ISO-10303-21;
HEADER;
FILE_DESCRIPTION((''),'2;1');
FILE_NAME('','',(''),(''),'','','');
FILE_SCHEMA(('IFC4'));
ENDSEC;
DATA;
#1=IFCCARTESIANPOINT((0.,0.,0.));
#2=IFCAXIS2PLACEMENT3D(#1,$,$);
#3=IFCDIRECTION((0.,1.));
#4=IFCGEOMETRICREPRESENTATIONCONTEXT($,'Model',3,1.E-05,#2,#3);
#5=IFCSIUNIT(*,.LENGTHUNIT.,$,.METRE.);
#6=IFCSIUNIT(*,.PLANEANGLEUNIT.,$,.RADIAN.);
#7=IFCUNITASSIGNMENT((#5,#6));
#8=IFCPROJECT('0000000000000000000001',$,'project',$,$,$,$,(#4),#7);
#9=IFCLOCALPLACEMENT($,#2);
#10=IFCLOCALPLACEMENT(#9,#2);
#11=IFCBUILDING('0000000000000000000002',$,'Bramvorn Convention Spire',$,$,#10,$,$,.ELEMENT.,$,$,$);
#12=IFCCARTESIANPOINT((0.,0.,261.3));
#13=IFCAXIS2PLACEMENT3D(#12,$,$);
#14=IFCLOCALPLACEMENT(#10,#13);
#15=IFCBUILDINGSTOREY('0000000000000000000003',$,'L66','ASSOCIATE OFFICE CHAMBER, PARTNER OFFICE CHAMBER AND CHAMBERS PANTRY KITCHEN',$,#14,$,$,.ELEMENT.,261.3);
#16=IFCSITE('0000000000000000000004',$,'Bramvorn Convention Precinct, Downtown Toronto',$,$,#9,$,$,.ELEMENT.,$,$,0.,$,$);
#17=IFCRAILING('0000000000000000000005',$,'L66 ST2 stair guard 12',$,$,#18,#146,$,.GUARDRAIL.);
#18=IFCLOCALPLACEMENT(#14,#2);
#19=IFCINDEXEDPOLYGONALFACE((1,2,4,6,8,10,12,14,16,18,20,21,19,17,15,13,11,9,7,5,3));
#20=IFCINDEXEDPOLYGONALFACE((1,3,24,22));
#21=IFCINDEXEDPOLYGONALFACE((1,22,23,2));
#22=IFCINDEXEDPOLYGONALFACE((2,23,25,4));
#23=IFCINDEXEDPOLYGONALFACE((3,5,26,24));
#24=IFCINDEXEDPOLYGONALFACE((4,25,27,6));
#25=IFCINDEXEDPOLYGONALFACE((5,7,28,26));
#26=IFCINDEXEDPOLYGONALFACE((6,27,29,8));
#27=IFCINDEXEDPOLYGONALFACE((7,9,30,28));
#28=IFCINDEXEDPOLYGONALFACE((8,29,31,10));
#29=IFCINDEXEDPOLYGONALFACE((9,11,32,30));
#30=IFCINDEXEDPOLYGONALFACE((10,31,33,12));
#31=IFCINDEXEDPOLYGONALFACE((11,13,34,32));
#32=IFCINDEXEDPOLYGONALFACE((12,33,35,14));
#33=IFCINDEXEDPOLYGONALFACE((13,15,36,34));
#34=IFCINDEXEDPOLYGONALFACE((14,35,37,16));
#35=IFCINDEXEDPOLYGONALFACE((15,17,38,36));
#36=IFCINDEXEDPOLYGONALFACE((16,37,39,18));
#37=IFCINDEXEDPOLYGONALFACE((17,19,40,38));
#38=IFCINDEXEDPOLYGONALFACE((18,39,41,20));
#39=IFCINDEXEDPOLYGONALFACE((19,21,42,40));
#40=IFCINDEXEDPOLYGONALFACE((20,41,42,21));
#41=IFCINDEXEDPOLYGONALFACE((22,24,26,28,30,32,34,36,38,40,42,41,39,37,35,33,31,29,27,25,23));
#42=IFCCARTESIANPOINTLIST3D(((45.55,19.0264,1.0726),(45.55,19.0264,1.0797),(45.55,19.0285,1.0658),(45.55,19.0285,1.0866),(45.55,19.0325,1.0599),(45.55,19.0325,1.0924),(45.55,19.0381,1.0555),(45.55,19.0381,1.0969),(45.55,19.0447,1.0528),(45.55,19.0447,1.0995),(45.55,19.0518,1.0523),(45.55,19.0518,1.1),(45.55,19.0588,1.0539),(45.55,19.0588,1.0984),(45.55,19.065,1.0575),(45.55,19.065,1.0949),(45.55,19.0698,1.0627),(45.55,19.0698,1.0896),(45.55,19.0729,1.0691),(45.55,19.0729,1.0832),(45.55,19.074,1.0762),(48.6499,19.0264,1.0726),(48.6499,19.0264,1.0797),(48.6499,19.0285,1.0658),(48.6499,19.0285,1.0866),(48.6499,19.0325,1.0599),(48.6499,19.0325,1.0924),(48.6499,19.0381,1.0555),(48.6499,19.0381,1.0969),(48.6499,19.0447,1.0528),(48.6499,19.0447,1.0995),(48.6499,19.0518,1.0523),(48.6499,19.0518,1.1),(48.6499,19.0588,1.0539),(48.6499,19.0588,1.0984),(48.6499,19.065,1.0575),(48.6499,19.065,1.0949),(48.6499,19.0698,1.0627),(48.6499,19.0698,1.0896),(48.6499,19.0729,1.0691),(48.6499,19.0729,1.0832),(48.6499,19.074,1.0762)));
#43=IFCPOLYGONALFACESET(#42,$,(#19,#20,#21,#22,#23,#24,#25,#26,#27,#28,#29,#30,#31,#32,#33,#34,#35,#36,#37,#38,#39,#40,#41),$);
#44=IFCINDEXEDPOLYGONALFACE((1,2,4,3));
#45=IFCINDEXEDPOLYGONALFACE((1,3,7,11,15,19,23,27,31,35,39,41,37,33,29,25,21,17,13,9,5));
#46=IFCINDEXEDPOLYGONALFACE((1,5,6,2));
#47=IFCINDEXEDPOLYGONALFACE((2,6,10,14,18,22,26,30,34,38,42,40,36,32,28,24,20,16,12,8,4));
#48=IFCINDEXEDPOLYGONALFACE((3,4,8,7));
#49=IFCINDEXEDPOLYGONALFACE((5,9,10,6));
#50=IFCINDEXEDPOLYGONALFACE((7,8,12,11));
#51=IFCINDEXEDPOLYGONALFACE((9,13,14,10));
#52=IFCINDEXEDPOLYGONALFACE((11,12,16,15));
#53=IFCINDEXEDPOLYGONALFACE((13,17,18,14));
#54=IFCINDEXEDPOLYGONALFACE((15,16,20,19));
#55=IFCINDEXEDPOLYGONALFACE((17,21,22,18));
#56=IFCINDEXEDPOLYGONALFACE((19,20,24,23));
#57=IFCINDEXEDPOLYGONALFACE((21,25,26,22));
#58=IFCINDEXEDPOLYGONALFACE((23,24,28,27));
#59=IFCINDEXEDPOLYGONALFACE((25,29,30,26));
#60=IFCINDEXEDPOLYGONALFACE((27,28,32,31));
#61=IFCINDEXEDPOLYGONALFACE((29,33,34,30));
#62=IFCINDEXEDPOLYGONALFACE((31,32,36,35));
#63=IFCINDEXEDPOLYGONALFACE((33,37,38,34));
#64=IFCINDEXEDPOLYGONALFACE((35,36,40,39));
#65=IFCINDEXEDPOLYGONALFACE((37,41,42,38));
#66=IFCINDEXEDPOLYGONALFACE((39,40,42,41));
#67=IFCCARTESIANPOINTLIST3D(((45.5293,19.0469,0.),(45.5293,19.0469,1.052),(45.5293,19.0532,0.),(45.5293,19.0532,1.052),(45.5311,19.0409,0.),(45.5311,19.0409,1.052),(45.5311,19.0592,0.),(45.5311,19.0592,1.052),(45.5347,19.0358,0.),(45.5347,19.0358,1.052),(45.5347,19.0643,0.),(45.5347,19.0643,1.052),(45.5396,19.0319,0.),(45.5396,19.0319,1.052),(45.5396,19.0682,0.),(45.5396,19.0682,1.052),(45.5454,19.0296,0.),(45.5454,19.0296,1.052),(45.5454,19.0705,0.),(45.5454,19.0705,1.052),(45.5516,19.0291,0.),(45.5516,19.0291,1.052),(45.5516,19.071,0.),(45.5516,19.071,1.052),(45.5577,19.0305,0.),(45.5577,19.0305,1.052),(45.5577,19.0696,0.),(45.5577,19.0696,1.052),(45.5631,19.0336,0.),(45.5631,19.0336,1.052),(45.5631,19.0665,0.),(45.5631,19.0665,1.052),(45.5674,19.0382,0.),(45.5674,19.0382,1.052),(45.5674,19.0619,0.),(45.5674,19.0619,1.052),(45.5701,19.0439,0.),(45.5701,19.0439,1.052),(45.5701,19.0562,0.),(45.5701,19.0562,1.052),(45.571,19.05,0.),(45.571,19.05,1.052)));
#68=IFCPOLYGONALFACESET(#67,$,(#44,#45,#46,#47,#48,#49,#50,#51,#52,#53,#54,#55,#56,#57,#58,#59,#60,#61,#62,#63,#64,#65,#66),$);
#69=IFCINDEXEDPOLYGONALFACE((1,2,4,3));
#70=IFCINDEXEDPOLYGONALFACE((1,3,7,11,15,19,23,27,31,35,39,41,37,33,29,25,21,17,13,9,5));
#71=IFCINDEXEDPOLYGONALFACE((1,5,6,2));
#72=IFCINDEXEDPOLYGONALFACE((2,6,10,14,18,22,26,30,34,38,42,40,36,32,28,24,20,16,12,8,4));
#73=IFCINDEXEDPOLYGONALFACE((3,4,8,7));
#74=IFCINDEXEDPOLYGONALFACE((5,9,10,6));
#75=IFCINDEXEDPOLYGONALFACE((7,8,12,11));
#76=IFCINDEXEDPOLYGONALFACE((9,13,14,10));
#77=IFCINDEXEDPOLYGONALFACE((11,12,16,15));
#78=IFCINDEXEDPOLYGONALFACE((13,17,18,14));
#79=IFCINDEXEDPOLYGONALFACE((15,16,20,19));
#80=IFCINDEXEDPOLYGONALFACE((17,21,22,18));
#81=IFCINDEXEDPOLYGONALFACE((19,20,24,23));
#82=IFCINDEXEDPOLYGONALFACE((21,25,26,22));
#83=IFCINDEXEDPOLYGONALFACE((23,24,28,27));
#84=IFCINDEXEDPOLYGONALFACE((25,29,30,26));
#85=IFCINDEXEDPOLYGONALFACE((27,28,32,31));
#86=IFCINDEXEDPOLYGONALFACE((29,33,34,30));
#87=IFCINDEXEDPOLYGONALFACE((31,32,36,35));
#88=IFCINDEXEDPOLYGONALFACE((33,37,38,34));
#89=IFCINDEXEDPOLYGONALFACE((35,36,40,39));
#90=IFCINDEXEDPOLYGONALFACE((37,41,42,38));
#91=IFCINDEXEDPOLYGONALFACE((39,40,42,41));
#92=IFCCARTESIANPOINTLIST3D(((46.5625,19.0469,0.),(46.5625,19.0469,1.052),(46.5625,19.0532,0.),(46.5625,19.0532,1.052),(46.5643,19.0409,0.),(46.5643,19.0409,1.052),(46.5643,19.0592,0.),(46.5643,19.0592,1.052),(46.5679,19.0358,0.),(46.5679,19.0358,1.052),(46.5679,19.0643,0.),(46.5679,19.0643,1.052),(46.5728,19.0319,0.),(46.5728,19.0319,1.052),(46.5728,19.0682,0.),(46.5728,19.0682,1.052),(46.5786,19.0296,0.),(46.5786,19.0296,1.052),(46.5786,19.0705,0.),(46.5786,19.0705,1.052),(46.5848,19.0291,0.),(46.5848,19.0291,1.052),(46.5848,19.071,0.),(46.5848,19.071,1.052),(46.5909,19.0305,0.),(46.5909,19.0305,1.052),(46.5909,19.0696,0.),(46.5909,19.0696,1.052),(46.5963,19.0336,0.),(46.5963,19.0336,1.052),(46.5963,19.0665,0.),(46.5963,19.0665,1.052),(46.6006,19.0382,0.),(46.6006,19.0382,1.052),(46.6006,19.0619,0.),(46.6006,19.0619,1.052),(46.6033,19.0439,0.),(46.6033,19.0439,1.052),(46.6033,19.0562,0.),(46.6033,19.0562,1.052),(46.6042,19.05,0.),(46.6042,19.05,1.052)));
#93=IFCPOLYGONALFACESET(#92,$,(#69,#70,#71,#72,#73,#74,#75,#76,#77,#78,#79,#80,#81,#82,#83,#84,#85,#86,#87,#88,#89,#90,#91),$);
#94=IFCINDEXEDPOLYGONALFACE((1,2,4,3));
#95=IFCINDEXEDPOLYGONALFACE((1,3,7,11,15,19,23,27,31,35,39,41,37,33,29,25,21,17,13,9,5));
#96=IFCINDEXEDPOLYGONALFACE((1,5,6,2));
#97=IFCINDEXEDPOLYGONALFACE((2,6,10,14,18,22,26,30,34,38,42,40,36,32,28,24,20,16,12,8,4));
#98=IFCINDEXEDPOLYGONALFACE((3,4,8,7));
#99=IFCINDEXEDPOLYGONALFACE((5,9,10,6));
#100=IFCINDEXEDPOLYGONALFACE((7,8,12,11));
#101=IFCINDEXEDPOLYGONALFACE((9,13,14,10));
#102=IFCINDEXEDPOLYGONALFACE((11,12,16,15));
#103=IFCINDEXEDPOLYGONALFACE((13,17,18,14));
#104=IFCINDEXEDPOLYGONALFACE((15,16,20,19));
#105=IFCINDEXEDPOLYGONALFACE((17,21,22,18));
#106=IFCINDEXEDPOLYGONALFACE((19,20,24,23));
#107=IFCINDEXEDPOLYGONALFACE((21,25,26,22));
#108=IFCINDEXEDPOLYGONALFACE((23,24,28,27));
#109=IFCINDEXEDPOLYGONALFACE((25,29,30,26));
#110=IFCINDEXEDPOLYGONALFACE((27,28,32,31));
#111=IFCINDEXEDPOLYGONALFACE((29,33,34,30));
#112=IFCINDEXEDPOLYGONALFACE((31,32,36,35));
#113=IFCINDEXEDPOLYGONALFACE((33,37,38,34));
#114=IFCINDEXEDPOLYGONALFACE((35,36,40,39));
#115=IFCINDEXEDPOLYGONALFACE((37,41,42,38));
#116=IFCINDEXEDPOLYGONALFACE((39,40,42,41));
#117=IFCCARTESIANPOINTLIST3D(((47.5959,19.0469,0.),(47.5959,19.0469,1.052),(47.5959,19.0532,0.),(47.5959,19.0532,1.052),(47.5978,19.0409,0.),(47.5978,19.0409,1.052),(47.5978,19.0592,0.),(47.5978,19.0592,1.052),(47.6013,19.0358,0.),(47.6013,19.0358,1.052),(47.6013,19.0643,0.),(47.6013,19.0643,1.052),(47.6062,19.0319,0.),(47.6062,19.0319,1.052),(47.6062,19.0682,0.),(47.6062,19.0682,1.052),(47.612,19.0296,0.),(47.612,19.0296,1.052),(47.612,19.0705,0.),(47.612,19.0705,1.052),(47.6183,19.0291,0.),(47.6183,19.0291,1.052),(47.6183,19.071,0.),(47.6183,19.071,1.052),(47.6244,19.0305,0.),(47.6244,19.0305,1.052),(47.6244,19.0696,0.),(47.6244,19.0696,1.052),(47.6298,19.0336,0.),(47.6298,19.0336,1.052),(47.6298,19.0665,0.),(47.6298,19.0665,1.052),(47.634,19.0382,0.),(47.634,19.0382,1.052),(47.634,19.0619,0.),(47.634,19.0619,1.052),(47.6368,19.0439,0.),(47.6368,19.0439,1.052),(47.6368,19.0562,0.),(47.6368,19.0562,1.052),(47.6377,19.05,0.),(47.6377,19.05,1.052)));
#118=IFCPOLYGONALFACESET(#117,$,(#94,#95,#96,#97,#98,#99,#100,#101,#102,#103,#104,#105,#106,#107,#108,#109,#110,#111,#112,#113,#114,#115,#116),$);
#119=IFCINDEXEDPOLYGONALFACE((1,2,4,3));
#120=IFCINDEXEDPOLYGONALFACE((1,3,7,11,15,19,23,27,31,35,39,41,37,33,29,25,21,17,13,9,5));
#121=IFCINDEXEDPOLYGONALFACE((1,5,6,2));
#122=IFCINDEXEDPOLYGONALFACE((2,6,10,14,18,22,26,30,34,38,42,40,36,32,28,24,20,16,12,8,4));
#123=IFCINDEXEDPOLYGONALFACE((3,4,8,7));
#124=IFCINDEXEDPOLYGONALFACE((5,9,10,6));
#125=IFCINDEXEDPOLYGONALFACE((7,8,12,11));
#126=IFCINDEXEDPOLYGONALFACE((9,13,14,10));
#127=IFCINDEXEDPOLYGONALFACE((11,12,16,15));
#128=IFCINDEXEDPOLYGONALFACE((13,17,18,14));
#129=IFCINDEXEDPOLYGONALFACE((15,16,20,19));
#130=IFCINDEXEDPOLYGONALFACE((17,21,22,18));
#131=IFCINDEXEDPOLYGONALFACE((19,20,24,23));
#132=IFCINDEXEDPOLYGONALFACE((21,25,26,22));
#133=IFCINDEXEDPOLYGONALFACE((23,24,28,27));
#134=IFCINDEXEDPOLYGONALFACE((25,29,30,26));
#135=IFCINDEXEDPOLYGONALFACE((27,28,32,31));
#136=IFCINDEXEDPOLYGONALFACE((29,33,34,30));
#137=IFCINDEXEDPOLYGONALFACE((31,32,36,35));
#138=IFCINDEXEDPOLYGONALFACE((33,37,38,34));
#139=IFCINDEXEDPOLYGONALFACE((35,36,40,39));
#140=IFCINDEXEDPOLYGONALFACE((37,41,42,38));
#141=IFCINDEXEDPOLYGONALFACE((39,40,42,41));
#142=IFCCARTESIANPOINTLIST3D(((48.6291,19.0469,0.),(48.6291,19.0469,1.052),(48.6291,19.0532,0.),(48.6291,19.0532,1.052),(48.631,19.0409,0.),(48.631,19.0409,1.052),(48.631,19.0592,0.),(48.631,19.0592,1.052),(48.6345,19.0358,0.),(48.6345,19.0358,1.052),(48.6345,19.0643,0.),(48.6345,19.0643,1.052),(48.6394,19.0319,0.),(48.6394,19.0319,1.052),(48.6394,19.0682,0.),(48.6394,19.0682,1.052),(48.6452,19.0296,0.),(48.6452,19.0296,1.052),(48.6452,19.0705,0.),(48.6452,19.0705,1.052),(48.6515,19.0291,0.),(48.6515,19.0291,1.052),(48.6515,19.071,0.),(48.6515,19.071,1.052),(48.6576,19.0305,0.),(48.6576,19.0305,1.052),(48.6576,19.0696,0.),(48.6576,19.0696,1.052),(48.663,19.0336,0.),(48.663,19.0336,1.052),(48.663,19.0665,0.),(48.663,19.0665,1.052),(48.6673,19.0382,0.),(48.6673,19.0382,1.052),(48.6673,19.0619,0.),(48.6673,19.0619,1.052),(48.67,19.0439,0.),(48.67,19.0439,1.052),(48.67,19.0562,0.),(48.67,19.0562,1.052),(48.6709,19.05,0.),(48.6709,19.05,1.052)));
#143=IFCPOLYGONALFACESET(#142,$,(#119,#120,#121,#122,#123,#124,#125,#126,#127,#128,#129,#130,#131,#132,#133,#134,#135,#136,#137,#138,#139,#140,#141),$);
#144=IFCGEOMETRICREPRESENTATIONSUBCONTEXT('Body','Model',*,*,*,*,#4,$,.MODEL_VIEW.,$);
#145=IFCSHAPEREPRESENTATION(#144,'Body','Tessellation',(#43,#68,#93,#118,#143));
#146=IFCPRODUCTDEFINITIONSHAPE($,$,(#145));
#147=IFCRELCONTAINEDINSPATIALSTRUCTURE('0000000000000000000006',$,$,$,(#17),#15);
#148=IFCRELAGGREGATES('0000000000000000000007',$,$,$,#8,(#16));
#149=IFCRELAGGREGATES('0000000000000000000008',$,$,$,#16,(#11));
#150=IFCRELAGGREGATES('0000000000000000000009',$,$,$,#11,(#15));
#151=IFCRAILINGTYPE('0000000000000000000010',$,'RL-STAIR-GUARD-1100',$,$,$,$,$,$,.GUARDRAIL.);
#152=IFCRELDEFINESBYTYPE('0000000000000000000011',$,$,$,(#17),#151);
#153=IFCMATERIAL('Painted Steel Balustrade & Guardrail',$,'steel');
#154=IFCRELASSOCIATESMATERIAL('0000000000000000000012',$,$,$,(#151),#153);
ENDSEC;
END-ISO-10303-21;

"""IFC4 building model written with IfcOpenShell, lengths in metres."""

from ifc_helpers import new_model, si_unit, direction, frame, origin, origin_2d, place, context, subcontext, project, spatial, circle, extrude, material, type_object, element, save


model = new_model("IFC4")

# Units and contexts
model_context = context("Model", 3, precision=1e-05, world=origin(), true_north=direction((0.0, 1.0)))
body_context = subcontext(model_context, "Body", "Model", "MODEL_VIEW")
ifc_project = project(units=[si_unit("LENGTHUNIT", "METRE"), si_unit("PLANEANGLEUNIT", "RADIAN")], contexts=[model_context])

# Site, building, storey
site_placement = place(None, origin())
site = spatial("IfcSite", under=ifc_project, at=site_placement, Name="Bramvorn Convention Precinct, Downtown Toronto", CompositionType="ELEMENT", RefElevation=0.0)
building_placement = place(site_placement, origin())
building = spatial("IfcBuilding", under=site, at=building_placement, Name="Bramvorn Convention Spire", CompositionType="ELEMENT")
storey_placement = place(building_placement, frame((0.0, 0.0, 261.3)))
storey = spatial("IfcBuildingStorey", under=building, at=storey_placement, Name="L66", Description="ASSOCIATE OFFICE CHAMBER, PARTNER OFFICE CHAMBER AND CHAMBERS PANTRY KITCHEN", CompositionType="ELEMENT", Elevation=261.3)

# Railing
ifc_material_1 = material(Name="Painted Steel Balustrade & Guardrail", Category="steel")
railing_type = type_object("IfcRailingType", Name="RL-STAIR-GUARD-1100", PredefinedType="GUARDRAIL", material=ifc_material_1)
railing_1_placement = place(storey_placement, frame((45.55, 19.05, 0.0)))
element("IfcRailing", 1, at=railing_1_placement, inside=storey, type_object=railing_type, Name="L66 ST2 stair guard 12", PredefinedType="GUARDRAIL", context=body_context, shape_type="SweptSolid", body=[
    extrude(circle(Radius=0.0239, at=origin_2d()), frame((0.0, 0.0, 1.0762), z_axis=(1.0, 0.0, 0.0), x_axis=(0.0, 1.0, 0.0)), (0.0, 0.0, 1.0), 3.0999),
    extrude(circle(Radius=0.021, at=origin_2d()), origin(), (0.0, 0.0, 1.0), 1.052),
    extrude(circle(Radius=0.021, at=origin_2d()), frame((1.0332, 0.0, 0.0)), (0.0, 0.0, 1.0), 1.052),
    extrude(circle(Radius=0.021, at=origin_2d()), frame((2.0667, 0.0, 0.0)), (0.0, 0.0, 1.0), 1.052),
    extrude(circle(Radius=0.021, at=origin_2d()), frame((3.0999, 0.0, 0.0)), (0.0, 0.0, 1.0), 1.052),
])

save(model, "model.ifc")
